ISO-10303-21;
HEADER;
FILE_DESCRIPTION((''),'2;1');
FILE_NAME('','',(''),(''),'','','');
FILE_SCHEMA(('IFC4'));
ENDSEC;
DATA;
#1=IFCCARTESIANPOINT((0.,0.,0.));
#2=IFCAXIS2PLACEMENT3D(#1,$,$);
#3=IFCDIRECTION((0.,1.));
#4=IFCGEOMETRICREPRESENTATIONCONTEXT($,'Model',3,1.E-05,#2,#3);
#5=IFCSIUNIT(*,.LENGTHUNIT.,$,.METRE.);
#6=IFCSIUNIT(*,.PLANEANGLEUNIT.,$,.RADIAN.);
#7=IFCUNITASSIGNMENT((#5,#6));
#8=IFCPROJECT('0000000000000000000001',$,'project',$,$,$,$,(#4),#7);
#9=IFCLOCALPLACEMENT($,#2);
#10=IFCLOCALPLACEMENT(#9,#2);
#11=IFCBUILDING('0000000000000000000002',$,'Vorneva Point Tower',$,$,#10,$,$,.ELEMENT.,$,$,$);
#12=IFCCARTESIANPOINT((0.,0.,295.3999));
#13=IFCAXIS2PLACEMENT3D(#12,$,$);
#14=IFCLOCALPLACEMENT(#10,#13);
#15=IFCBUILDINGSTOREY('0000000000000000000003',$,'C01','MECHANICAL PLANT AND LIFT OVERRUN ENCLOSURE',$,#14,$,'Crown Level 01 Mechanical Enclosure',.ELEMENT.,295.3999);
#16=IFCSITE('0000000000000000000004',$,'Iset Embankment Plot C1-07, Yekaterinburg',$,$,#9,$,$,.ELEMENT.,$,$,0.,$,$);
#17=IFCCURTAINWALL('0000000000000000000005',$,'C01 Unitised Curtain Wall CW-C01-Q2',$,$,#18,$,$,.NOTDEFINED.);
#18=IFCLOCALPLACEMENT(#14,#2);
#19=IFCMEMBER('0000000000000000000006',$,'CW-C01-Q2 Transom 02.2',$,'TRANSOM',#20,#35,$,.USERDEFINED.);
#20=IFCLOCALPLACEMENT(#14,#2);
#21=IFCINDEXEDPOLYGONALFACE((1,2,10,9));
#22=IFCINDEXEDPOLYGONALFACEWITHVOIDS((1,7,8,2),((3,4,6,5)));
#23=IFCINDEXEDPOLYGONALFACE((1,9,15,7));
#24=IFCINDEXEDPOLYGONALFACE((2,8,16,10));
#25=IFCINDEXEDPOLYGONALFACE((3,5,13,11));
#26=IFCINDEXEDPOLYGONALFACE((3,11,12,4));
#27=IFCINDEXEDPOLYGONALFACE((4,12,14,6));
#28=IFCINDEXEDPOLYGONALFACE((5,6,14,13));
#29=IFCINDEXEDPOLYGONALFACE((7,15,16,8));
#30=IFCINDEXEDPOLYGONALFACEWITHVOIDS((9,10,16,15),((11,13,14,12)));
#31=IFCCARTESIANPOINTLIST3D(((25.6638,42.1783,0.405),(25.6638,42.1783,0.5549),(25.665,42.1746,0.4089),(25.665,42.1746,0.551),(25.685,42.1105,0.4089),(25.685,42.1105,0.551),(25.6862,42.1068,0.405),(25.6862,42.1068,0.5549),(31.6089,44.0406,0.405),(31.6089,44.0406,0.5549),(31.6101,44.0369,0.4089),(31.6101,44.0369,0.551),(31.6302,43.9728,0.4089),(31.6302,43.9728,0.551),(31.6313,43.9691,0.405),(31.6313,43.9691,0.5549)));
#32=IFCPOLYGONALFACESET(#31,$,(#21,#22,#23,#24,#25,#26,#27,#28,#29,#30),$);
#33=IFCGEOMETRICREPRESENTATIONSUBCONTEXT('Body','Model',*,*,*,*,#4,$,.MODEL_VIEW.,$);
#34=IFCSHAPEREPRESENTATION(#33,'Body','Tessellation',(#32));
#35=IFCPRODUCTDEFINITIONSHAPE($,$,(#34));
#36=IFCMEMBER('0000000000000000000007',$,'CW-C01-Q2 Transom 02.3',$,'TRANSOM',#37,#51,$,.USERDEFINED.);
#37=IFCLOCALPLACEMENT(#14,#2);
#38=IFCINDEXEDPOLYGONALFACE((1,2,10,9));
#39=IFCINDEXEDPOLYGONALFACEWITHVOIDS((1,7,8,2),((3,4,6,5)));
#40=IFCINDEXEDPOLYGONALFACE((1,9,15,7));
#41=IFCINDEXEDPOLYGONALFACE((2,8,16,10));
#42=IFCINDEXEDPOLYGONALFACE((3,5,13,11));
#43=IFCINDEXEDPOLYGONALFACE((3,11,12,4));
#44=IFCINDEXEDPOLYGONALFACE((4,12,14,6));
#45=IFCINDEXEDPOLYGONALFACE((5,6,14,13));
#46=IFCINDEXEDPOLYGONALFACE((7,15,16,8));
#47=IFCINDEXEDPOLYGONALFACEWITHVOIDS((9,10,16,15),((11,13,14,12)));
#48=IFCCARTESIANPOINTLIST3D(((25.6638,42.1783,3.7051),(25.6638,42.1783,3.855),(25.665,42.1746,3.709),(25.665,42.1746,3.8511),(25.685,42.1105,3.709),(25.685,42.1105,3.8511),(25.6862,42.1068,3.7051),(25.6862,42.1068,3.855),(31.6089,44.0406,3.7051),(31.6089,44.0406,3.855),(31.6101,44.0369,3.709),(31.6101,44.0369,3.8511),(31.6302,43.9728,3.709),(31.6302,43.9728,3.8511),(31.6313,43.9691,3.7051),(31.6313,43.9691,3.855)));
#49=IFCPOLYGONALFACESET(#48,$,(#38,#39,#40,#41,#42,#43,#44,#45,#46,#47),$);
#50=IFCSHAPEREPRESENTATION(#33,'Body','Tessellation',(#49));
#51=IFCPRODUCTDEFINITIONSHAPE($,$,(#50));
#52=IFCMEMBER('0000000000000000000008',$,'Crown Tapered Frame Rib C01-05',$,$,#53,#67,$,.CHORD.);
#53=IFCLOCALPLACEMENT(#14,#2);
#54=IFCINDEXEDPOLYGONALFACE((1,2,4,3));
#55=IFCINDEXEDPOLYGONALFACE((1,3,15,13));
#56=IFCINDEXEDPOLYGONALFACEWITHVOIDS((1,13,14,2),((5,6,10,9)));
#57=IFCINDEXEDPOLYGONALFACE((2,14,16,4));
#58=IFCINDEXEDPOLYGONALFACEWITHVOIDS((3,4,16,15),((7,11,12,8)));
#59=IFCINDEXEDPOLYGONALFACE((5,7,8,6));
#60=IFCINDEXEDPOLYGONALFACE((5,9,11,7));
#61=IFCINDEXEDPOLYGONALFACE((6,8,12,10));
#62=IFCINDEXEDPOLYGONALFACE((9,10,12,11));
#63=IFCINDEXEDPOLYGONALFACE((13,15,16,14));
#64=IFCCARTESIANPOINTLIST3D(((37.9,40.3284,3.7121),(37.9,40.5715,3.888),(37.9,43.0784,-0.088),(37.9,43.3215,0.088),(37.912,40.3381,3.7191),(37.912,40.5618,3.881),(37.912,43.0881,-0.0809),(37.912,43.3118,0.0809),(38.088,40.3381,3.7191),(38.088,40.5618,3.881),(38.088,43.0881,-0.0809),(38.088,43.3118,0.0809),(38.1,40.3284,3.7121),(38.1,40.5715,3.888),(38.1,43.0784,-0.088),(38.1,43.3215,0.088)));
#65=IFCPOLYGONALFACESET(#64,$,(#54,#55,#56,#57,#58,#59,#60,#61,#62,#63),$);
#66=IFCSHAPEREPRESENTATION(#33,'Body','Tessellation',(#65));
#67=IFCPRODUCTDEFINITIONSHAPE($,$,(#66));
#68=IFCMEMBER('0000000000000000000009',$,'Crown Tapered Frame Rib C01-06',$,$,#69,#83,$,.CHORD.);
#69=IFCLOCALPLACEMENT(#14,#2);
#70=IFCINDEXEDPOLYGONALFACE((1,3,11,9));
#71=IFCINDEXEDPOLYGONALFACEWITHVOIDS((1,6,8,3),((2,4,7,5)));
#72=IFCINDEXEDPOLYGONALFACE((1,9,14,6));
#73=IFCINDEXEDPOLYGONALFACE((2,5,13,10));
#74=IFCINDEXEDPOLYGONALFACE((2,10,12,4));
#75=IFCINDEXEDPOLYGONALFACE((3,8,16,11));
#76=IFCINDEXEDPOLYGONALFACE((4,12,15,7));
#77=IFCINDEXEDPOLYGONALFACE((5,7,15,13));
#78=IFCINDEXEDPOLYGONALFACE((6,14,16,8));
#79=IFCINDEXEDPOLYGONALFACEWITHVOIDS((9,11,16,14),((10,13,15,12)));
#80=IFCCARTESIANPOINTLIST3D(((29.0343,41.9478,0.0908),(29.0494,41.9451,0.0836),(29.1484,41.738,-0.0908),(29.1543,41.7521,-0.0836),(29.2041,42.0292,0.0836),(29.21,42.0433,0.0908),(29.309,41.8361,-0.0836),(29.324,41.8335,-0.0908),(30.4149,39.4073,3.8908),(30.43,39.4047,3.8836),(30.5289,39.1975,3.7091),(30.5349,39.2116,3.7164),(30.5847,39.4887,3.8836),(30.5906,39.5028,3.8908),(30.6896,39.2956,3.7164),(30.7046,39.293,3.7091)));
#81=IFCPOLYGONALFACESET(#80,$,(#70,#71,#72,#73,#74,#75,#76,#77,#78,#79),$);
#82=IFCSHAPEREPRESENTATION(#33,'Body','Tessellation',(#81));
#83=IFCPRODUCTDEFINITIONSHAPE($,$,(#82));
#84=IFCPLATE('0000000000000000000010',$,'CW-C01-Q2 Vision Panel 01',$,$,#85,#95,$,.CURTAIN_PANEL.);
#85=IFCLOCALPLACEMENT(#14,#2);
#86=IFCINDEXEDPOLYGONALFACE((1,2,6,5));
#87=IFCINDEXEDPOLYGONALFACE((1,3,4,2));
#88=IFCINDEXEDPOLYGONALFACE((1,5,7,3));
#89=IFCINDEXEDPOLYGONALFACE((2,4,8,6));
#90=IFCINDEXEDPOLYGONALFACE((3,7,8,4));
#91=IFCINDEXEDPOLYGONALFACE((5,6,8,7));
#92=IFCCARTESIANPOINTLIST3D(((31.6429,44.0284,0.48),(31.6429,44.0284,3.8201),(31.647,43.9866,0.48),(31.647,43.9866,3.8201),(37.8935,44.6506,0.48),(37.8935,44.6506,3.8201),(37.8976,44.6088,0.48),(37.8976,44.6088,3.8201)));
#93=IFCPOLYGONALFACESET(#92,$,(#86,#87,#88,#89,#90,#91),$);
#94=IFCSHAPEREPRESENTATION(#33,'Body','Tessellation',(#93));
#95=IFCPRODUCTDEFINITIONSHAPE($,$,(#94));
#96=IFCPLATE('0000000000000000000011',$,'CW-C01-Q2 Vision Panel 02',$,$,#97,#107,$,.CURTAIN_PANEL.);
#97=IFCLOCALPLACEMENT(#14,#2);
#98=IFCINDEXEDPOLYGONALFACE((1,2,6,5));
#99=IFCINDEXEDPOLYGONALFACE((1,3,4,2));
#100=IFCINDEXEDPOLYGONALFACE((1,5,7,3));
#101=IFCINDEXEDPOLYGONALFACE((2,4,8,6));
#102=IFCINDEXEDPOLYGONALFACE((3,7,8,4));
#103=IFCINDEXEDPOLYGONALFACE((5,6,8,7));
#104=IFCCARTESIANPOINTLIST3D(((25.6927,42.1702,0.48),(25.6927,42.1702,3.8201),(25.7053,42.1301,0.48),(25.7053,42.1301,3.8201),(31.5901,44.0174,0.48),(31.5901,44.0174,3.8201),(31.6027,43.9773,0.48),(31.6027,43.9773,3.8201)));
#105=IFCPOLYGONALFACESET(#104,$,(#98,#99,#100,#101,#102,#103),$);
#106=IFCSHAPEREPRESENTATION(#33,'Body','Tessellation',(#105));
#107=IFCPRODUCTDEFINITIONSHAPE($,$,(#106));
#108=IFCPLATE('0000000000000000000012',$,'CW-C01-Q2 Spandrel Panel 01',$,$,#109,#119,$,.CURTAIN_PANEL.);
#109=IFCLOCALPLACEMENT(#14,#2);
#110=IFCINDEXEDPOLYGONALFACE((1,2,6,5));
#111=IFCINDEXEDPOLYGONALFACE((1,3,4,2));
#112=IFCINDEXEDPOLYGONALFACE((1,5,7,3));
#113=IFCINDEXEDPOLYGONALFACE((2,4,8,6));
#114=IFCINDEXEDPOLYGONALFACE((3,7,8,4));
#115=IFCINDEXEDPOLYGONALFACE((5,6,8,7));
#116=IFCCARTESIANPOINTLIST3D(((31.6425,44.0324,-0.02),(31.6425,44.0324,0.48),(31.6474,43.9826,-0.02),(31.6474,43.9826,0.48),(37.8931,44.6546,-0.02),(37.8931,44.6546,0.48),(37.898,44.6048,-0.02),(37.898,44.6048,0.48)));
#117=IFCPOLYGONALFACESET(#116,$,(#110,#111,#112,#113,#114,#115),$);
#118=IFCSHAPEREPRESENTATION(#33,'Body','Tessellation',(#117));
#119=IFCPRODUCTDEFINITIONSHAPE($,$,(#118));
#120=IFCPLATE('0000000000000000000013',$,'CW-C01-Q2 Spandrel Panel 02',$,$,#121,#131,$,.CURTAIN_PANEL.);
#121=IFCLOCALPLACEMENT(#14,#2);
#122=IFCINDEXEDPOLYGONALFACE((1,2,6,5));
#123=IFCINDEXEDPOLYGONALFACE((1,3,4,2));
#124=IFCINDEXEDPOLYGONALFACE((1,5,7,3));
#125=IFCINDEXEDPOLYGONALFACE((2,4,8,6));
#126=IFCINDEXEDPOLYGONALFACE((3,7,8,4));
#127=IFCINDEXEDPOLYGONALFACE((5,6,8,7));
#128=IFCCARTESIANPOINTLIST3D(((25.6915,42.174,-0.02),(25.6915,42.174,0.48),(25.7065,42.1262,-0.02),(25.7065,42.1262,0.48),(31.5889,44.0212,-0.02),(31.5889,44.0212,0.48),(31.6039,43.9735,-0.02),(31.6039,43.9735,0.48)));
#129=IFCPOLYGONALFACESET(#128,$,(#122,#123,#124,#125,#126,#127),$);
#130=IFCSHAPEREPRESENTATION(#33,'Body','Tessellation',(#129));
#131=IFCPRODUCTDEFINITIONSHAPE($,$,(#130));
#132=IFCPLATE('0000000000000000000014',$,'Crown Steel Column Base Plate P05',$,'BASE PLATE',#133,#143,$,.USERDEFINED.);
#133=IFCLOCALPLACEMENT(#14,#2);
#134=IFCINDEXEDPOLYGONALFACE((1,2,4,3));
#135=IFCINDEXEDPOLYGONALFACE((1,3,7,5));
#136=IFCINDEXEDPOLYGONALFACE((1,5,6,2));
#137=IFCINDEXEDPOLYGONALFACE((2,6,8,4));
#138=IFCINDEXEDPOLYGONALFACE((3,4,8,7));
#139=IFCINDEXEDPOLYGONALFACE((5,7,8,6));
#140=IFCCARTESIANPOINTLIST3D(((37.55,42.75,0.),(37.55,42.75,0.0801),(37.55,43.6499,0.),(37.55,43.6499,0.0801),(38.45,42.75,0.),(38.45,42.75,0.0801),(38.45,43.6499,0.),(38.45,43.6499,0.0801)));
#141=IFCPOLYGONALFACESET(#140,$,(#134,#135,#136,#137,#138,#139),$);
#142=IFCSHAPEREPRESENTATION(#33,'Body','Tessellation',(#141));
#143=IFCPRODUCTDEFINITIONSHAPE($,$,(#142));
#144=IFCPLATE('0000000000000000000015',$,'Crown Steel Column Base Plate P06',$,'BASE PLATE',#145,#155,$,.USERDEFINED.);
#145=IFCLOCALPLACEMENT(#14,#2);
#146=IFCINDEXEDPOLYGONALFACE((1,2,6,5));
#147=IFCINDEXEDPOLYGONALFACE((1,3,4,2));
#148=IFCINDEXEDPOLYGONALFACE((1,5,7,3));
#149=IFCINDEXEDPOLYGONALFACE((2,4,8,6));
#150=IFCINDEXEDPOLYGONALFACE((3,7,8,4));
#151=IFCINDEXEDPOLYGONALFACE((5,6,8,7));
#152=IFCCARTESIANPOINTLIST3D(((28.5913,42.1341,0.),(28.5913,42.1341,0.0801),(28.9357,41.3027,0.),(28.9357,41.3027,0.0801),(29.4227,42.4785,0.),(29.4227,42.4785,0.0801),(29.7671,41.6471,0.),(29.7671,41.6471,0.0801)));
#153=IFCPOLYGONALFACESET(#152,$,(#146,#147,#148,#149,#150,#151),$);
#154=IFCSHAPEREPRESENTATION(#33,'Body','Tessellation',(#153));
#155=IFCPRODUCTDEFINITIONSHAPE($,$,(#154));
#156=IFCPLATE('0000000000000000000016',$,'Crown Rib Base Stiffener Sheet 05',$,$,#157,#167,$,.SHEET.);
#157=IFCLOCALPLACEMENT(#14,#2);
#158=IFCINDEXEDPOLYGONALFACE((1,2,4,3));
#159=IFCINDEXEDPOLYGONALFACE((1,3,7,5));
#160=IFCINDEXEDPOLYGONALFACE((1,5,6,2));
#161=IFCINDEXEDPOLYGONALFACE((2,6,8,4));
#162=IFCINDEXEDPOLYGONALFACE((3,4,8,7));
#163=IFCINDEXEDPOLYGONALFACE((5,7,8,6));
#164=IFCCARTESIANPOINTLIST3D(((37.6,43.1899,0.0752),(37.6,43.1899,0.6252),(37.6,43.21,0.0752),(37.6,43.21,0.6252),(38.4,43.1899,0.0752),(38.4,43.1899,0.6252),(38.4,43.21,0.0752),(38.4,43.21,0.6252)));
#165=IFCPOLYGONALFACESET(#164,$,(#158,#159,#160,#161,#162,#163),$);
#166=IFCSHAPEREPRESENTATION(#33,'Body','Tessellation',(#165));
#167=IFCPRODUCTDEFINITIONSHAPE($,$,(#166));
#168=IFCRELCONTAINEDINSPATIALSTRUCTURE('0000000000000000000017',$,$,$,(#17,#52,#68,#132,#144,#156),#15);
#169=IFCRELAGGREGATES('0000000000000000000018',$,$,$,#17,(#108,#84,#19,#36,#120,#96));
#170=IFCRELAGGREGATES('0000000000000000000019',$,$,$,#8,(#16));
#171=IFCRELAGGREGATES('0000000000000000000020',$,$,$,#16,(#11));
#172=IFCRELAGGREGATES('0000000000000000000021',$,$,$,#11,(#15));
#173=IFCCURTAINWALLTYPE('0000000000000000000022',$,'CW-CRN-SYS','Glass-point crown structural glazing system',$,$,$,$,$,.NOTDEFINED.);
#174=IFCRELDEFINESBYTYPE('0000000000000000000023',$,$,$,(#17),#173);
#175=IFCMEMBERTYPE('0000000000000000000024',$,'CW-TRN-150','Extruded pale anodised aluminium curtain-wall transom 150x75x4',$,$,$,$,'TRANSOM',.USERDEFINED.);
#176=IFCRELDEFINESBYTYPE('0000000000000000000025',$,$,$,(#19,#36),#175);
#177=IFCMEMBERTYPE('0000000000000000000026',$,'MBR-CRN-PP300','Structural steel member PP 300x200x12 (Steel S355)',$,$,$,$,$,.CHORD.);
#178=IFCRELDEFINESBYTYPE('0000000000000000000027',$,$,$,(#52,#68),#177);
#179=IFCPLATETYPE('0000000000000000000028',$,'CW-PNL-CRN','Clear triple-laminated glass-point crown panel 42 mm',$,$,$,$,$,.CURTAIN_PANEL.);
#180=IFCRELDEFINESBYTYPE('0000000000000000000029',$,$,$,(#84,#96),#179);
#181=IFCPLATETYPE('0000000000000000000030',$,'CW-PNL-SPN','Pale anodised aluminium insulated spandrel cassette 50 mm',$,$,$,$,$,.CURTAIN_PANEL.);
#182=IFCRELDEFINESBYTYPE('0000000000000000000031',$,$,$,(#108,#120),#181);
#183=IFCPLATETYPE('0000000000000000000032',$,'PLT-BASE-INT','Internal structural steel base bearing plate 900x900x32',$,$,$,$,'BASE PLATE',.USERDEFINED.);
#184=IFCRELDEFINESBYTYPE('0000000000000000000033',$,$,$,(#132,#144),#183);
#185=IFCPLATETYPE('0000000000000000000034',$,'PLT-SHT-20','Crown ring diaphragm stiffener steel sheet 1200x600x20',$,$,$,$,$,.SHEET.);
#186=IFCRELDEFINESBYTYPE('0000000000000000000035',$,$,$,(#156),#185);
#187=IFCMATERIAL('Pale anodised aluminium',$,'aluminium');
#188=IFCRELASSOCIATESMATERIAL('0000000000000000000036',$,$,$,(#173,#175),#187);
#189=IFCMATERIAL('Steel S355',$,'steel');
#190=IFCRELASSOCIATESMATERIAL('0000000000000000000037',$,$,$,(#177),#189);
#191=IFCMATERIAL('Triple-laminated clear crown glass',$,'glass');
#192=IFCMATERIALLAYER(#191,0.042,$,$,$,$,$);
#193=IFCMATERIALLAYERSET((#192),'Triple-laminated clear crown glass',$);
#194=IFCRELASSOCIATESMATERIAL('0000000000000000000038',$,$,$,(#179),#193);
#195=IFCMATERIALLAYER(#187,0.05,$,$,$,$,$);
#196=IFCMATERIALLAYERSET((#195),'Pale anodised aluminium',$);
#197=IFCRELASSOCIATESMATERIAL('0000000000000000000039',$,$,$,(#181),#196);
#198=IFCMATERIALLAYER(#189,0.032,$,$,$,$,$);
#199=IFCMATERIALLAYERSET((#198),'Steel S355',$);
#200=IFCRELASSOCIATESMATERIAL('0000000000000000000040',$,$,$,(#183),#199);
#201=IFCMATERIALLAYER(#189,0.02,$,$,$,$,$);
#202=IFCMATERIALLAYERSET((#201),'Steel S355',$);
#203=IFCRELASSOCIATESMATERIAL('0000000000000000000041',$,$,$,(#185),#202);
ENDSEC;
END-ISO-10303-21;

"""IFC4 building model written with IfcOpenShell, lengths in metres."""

from ifc_helpers import new_model, si_unit, direction, frame, origin, origin_2d, place, context, subcontext, project, spatial, rectangle, hollow_rectangle, extrude, material, layer, layer_set, material_profile, profile_set, type_object, element, aggregate, save


model = new_model("IFC4")

# Units and contexts
model_context = context("Model", 3, precision=1e-05, world=origin(), true_north=direction((0.0, 1.0)))
body_context = subcontext(model_context, "Body", "Model", "MODEL_VIEW")
ifc_project = project(units=[si_unit("LENGTHUNIT", "METRE"), si_unit("PLANEANGLEUNIT", "RADIAN")], contexts=[model_context])

# Site, building, storey
site_placement = place(None, origin())
site = spatial("IfcSite", under=ifc_project, at=site_placement, Name="Iset Embankment Plot C1-07, Yekaterinburg", CompositionType="ELEMENT", RefElevation=0.0)
building_placement = place(site_placement, origin())
building = spatial("IfcBuilding", under=site, at=building_placement, Name="Vorneva Point Tower", CompositionType="ELEMENT")
storey_placement = place(building_placement, frame((0.0, 0.0, 295.3999)))
storey = spatial("IfcBuildingStorey", under=building, at=storey_placement, Name="C01", Description="MECHANICAL PLANT AND LIFT OVERRUN ENCLOSURE", LongName="Crown Level 01 Mechanical Enclosure", CompositionType="ELEMENT", Elevation=295.3999)

# Shared definitions
ifc_material_1 = material(Name="Steel S355", Category="steel")

# Curtain wall, members
ifc_material_2 = material(Name="Pale anodised aluminium", Category="aluminium")
curtain_wall_type = type_object("IfcCurtainWallType", Name="CW-CRN-SYS", Description="Glass-point crown structural glazing system", PredefinedType="NOTDEFINED", material=ifc_material_2)
curtain_wall_placement = place(storey_placement, origin())
curtain_wall = element("IfcCurtainWall", 1, at=curtain_wall_placement, inside=storey, type_object=curtain_wall_type, Name="C01 Unitised Curtain Wall CW-C01-Q2", PredefinedType="NOTDEFINED")
ifc_material_profile_1 = material_profile(ifc_material_2, hollow_rectangle(XDim=0.075, YDim=0.1499, WallThickness=0.0039, at=origin_2d()), Name="AL-TRN 150x75x4")
ifc_profile_set_1 = profile_set([ifc_material_profile_1], Name="Pale anodised aluminium")
member_type_1 = type_object("IfcMemberType", Name="CW-TRN-150", Description="Extruded pale anodised aluminium curtain-wall transom 150x75x4", ElementType="TRANSOM", PredefinedType="USERDEFINED", material=ifc_profile_set_1)
member_1_placement = place(storey_placement, frame((31.6201, 44.0049, 0.48), z_axis=(-0.954275, -0.298929, 0.0), x_axis=(0.298929, -0.954275, 0.0)))
member_1 = element("IfcMember", 2, at=member_1_placement, type_object=member_type_1, Name="CW-C01-Q2 Transom 02.2", ObjectType="TRANSOM", PredefinedType="USERDEFINED", context=body_context, shape_type="SweptSolid", body=[
    extrude(hollow_rectangle(XDim=0.075, YDim=0.1499, WallThickness=0.0039, at=origin_2d()), origin(), (0.0, 0.0, 1.0), 6.23),
])
member_2_placement = place(storey_placement, frame((31.6201, 44.0049, 3.78), z_axis=(-0.954275, -0.298929, 0.0), x_axis=(0.298929, -0.954275, 0.0)))
member_2 = element("IfcMember", 3, at=member_2_placement, type_object=member_type_1, Name="CW-C01-Q2 Transom 02.3", ObjectType="TRANSOM", PredefinedType="USERDEFINED", context=body_context, shape_type="SweptSolid", body=[
    extrude(hollow_rectangle(XDim=0.075, YDim=0.1499, WallThickness=0.0039, at=origin_2d()), origin(), (0.0, 0.0, 1.0), 6.23),
])

# Members
ifc_material_profile_2 = material_profile(ifc_material_1, hollow_rectangle(XDim=0.2, YDim=0.3, WallThickness=0.012, at=origin_2d()), Name="PP 300x200x12")
ifc_profile_set_2 = profile_set([ifc_material_profile_2], Name="Steel S355")
member_type_2 = type_object("IfcMemberType", Name="MBR-CRN-PP300", Description="Structural steel member PP 300x200x12 (Steel S355)", PredefinedType="CHORD", material=ifc_profile_set_2)
member_3_placement = place(storey_placement, frame((38.0, 43.2, 0.0), z_axis=(0.0, -0.586264, 0.81012), x_axis=(1.0, 0.0, 0.0)))
element("IfcMember", 4, at=member_3_placement, inside=storey, type_object=member_type_2, Name="Crown Tapered Frame Rib C01-05", PredefinedType="CHORD", context=body_context, shape_type="SweptSolid", body=[
    extrude(hollow_rectangle(XDim=0.2, YDim=0.3, WallThickness=0.012, at=origin_2d()), origin(), (0.0, 0.0, 1.0), 4.6907),
])
member_4_placement = place(storey_placement, frame((29.1792, 41.8906, 0.0), z_axis=(0.289133, -0.532046, 0.79582), x_axis=(0.87864, 0.477485, 0.0)))
element("IfcMember", 5, at=member_4_placement, inside=storey, type_object=member_type_2, Name="Crown Tapered Frame Rib C01-06", PredefinedType="CHORD", context=body_context, shape_type="SweptSolid", body=[
    extrude(hollow_rectangle(XDim=0.2, YDim=0.3, WallThickness=0.012, at=origin_2d()), origin(), (0.0, 0.0, 1.0), 4.7749),
])

# Plates
ifc_material_3 = material(Name="Triple-laminated clear crown glass", Category="glass")
ifc_layer_1 = layer(ifc_material_3, 0.042)
ifc_layer_set_1 = layer_set([ifc_layer_1], Name="Triple-laminated clear crown glass")
plate_type_1 = type_object("IfcPlateType", Name="CW-PNL-CRN", Description="Clear triple-laminated glass-point crown panel 42 mm", PredefinedType="CURTAIN_PANEL", material=ifc_layer_set_1)
plate_1_placement = place(storey_placement, frame((34.7703, 44.3186, 0.48), z_axis=(0.0, 0.0, 1.0), x_axis=(-0.995082, -0.099059, 0.0)))
plate_1 = element("IfcPlate", 6, at=plate_1_placement, type_object=plate_type_1, Name="CW-C01-Q2 Vision Panel 01", PredefinedType="CURTAIN_PANEL", context=body_context, shape_type="SweptSolid", body=[
    extrude(rectangle(XDim=6.2815, YDim=0.042, at=origin_2d()), origin(), (0.0, 0.0, 1.0), 3.3401),
])
plate_2_placement = place(storey_placement, frame((28.6477, 43.0737, 0.48), z_axis=(0.0, 0.0, 1.0), x_axis=(-0.954282, -0.298908, 0.0)))
plate_2 = element("IfcPlate", 7, at=plate_2_placement, type_object=plate_type_1, Name="CW-C01-Q2 Vision Panel 02", PredefinedType="CURTAIN_PANEL", context=body_context, shape_type="SweptSolid", body=[
    extrude(rectangle(XDim=6.1799, YDim=0.042, at=origin_2d()), origin(), (0.0, 0.0, 1.0), 3.3401),
])
ifc_layer_2 = layer(ifc_material_2, 0.05)
ifc_layer_set_2 = layer_set([ifc_layer_2], Name="Pale anodised aluminium")
plate_type_2 = type_object("IfcPlateType", Name="CW-PNL-SPN", Description="Pale anodised aluminium insulated spandrel cassette 50 mm", PredefinedType="CURTAIN_PANEL", material=ifc_layer_set_2)
plate_3_placement = place(storey_placement, frame((34.7703, 44.3186, -0.02), z_axis=(0.0, 0.0, 1.0), x_axis=(-0.995082, -0.099059, 0.0)))
plate_3 = element("IfcPlate", 8, at=plate_3_placement, type_object=plate_type_2, Name="CW-C01-Q2 Spandrel Panel 01", PredefinedType="CURTAIN_PANEL", context=body_context, shape_type="SweptSolid", body=[
    extrude(rectangle(XDim=6.2815, YDim=0.05, at=origin_2d()), origin(), (0.0, 0.0, 1.0), 0.5),
])
plate_4_placement = place(storey_placement, frame((28.6477, 43.0737, -0.02), z_axis=(0.0, 0.0, 1.0), x_axis=(-0.954282, -0.298908, 0.0)))
plate_4 = element("IfcPlate", 9, at=plate_4_placement, type_object=plate_type_2, Name="CW-C01-Q2 Spandrel Panel 02", PredefinedType="CURTAIN_PANEL", context=body_context, shape_type="SweptSolid", body=[
    extrude(rectangle(XDim=6.1799, YDim=0.05, at=origin_2d()), origin(), (0.0, 0.0, 1.0), 0.5),
])
aggregate(curtain_wall, [plate_3, plate_1, member_1, member_2, plate_4, plate_2])

# Plates
ifc_layer_3 = layer(ifc_material_1, 0.032)
ifc_layer_set_3 = layer_set([ifc_layer_3], Name="Steel S355")
plate_type_3 = type_object("IfcPlateType", Name="PLT-BASE-INT", Description="Internal structural steel base bearing plate 900x900x32", ElementType="BASE PLATE", PredefinedType="USERDEFINED", material=ifc_layer_set_3)
for number, where, z_axis, x_axis, name in (
    (10, (38.0, 43.2, 0.0), (0.0, 0.0, 1.0), (0.0, 1.0, 0.0), "Crown Steel Column Base Plate P05"),
    (11, (29.1792, 41.8906, 0.0), (0.0, 0.0, 1.0), (-0.382683, 0.92388, 0.0), "Crown Steel Column Base Plate P06"),
):
    element("IfcPlate", number, at=place(storey_placement, frame(where, z_axis=z_axis, x_axis=x_axis)), inside=storey, type_object=plate_type_3, Name=name, ObjectType="BASE PLATE", PredefinedType="USERDEFINED", context=body_context, shape_type="SweptSolid", body=[
        extrude(rectangle(XDim=0.8999, YDim=0.8999, at=origin_2d()), origin(), (0.0, 0.0, 1.0), 0.0801),
    ])
ifc_layer_4 = layer(ifc_material_1, 0.02)
ifc_layer_set_4 = layer_set([ifc_layer_4], Name="Steel S355")
plate_type_4 = type_object("IfcPlateType", Name="PLT-SHT-20", Description="Crown ring diaphragm stiffener steel sheet 1200x600x20", PredefinedType="SHEET", material=ifc_layer_set_4)
plate_5_placement = place(storey_placement, frame((38.0, 43.2, 0.0752), z_axis=(0.0, 0.0, 1.0), x_axis=(-1.0, 0.0, 0.0)))
element("IfcPlate", 12, at=plate_5_placement, inside=storey, type_object=plate_type_4, Name="Crown Rib Base Stiffener Sheet 05", PredefinedType="SHEET", context=body_context, shape_type="SweptSolid", body=[
    extrude(rectangle(XDim=0.8, YDim=0.02, at=origin_2d()), origin(), (0.0, 0.0, 1.0), 0.55),
])

save(model, "model.ifc")
